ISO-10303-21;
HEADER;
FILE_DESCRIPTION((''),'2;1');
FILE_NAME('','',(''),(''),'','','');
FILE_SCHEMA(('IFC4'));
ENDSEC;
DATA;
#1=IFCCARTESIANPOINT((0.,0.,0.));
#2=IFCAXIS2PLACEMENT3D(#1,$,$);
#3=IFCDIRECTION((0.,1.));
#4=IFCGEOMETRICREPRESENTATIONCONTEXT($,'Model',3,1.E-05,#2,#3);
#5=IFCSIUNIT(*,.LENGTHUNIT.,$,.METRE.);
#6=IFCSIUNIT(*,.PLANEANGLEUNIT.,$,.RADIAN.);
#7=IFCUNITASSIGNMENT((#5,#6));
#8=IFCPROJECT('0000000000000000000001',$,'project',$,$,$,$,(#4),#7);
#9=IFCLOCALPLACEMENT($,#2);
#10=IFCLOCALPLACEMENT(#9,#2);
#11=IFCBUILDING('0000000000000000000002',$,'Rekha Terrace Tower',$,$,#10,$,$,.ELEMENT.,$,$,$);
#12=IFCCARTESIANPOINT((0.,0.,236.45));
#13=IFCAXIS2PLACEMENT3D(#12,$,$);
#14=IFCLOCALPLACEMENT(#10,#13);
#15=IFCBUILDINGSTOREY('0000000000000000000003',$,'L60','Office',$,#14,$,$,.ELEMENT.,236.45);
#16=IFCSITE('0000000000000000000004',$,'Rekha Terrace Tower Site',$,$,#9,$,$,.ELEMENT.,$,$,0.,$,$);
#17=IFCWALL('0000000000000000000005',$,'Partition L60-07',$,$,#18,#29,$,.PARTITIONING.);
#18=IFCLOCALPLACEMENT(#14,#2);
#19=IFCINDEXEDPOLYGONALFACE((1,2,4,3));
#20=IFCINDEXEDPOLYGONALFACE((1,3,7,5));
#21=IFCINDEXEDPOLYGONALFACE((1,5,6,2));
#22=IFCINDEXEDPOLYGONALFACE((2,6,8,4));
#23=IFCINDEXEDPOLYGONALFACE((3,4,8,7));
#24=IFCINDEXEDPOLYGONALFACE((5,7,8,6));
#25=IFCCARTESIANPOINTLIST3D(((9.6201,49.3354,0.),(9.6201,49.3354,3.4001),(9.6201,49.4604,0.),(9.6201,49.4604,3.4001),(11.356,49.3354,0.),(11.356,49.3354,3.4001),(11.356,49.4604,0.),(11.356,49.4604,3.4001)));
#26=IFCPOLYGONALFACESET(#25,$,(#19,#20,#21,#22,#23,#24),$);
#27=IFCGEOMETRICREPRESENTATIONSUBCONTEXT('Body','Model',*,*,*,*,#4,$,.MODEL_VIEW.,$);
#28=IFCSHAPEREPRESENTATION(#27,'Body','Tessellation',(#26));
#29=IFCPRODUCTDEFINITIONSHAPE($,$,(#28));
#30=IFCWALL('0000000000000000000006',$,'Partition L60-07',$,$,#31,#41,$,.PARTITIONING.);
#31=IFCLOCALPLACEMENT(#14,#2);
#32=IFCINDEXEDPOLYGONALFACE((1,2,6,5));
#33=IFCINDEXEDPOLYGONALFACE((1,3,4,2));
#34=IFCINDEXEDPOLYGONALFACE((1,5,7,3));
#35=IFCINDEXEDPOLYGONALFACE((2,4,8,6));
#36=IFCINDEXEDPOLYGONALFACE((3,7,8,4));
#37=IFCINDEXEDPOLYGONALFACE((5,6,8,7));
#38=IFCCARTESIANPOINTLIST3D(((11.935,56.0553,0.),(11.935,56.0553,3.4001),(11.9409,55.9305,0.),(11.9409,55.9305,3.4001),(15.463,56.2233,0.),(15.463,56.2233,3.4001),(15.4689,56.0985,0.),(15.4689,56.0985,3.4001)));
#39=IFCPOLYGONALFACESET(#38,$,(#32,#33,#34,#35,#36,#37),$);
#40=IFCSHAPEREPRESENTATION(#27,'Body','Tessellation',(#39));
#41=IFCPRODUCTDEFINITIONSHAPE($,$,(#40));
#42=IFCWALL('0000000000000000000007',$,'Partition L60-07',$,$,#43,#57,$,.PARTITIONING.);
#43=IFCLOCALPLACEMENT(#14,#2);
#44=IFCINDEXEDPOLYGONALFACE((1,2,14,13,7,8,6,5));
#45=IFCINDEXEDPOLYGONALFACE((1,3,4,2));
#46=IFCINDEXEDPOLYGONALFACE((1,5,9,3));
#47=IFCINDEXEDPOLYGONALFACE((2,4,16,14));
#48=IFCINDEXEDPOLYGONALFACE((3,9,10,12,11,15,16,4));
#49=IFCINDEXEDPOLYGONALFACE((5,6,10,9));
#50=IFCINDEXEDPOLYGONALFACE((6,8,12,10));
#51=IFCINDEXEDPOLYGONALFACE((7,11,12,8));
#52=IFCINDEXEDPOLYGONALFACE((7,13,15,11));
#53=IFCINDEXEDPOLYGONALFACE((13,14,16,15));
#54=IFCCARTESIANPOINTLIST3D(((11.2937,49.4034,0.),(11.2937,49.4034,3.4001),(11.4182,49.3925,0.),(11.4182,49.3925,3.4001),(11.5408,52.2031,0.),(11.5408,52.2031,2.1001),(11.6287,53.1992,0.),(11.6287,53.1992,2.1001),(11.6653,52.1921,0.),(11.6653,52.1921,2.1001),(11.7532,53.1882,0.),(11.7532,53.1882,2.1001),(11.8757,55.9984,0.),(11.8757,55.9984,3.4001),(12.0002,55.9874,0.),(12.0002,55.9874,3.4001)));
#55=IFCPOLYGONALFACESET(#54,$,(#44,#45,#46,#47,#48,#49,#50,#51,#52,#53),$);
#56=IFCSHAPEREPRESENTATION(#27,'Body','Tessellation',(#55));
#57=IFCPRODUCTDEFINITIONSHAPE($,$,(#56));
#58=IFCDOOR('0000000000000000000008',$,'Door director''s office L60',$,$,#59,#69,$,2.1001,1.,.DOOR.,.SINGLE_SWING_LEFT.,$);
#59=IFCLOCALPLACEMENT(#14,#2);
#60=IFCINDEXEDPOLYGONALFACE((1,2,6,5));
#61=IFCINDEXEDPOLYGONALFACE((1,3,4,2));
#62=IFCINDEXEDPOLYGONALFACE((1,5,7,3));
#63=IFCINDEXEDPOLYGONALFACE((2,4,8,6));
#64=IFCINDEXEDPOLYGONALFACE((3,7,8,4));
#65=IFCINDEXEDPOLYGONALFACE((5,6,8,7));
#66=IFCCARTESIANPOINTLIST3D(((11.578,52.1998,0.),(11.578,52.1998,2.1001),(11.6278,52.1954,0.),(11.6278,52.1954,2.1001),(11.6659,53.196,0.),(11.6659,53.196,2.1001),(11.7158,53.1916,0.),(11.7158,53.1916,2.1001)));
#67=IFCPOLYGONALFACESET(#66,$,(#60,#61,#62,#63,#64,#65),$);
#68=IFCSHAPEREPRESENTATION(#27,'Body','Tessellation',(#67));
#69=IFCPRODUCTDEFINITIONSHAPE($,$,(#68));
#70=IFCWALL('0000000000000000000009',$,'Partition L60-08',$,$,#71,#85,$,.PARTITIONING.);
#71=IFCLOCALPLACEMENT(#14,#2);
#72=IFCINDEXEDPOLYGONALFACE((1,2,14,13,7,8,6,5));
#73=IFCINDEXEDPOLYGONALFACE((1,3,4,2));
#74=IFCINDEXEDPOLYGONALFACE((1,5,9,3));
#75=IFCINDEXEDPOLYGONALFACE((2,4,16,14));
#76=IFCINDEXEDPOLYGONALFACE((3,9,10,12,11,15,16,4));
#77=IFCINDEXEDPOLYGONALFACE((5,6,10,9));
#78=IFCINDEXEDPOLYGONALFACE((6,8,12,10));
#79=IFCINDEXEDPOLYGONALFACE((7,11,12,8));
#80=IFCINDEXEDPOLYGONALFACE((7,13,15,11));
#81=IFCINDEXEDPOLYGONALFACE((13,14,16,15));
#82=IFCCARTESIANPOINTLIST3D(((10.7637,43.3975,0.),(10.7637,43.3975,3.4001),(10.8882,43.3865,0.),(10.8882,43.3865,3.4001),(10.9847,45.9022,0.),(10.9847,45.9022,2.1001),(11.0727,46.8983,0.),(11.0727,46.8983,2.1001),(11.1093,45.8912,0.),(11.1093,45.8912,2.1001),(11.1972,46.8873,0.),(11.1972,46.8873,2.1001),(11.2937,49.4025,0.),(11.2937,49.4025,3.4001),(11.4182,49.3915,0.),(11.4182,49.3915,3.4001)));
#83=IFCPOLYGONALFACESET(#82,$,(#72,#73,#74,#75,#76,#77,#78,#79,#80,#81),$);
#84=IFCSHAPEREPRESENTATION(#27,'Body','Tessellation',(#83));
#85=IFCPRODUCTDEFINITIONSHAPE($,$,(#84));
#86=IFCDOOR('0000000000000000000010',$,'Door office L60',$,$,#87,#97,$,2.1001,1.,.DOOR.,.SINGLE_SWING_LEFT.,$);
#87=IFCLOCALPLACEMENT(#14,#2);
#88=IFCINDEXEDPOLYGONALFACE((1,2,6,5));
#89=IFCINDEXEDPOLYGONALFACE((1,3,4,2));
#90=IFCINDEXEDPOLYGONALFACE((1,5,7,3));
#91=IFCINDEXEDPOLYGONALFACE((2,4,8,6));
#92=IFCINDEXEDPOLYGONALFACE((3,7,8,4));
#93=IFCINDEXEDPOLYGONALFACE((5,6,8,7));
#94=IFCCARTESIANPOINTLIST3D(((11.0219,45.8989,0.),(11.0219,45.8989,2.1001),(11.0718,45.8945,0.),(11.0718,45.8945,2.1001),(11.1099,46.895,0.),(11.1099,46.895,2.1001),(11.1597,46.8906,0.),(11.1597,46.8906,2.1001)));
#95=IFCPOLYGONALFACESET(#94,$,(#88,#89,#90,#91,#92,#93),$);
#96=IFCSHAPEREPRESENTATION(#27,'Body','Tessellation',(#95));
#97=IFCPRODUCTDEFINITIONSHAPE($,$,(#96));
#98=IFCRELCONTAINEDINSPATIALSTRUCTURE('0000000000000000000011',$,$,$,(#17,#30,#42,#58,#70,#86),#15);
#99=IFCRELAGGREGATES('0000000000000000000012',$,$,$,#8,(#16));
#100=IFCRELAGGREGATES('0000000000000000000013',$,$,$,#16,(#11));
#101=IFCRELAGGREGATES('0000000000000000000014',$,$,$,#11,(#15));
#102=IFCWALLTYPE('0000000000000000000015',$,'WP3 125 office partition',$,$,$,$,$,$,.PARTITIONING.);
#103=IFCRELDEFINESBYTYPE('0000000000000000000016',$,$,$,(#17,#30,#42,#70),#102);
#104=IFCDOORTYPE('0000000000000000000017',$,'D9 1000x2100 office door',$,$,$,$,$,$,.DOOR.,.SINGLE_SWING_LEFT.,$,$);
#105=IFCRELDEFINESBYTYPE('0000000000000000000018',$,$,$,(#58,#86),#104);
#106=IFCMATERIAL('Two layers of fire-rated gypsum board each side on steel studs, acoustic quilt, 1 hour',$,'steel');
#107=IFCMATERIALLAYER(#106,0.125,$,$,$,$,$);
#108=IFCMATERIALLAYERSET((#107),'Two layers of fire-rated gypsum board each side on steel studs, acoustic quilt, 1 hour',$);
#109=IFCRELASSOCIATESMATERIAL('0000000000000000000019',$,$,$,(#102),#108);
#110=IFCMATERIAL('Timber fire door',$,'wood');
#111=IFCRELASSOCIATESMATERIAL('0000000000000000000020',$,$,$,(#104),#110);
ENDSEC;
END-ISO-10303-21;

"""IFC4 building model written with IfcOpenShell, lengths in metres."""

from ifc_helpers import new_model, si_unit, direction, frame, frame_2d, origin, place, context, subcontext, project, spatial, rectangle, extrude, material, layer, layer_set, type_object, element, fill, save


model = new_model("IFC4")

# Units and contexts
model_context = context("Model", 3, precision=1e-05, world=origin(), true_north=direction((0.0, 1.0)))
body_context = subcontext(model_context, "Body", "Model", "MODEL_VIEW")
ifc_project = project(units=[si_unit("LENGTHUNIT", "METRE"), si_unit("PLANEANGLEUNIT", "RADIAN")], contexts=[model_context])

# Site, building, storey
site_placement = place(None, origin())
site = spatial("IfcSite", under=ifc_project, at=site_placement, Name="Rekha Terrace Tower Site", CompositionType="ELEMENT", RefElevation=0.0)
building_placement = place(site_placement, origin())
building = spatial("IfcBuilding", under=site, at=building_placement, Name="Rekha Terrace Tower", CompositionType="ELEMENT")
storey_placement = place(building_placement, frame((0.0, 0.0, 236.45)))
storey = spatial("IfcBuildingStorey", under=building, at=storey_placement, Name="L60", Description="Office", CompositionType="ELEMENT", Elevation=236.45)

# Walls
ifc_material_1 = material(Name="Two layers of fire-rated gypsum board each side on steel studs, acoustic quilt, 1 hour", Category="steel")
ifc_layer_1 = layer(ifc_material_1, 0.125)
ifc_layer_set_1 = layer_set([ifc_layer_1], Name="Two layers of fire-rated gypsum board each side on steel studs, acoustic quilt, 1 hour")
wall_type = type_object("IfcWallType", Name="WP3 125 office partition", PredefinedType="PARTITIONING", material=ifc_layer_set_1)
wall_1_placement = place(storey_placement, frame((11.356, 49.3979, 0.0), z_axis=(0.0, 0.0, 1.0), x_axis=(-1.0, 0.0, 0.0)))
element("IfcWall", 1, at=wall_1_placement, inside=storey, type_object=wall_type, Name="Partition L60-07", PredefinedType="PARTITIONING", context=body_context, shape_type="SweptSolid", body=[
    extrude(rectangle(XDim=1.7358, YDim=0.125, at=frame_2d((0.8679, 0.0))), origin(), (0.0, 0.0, 1.0), 3.4001),
])
wall_2_placement = place(storey_placement, frame((15.4661, 56.1609, 0.0), z_axis=(0.0, 0.0, 1.0), x_axis=(-0.998869, -0.047555, 0.0)))
element("IfcWall", 2, at=wall_2_placement, inside=storey, type_object=wall_type, Name="Partition L60-07", PredefinedType="PARTITIONING", context=body_context, shape_type="SweptSolid", body=[
    extrude(rectangle(XDim=3.532, YDim=0.125, at=frame_2d((1.7661, 0.0))), origin(), (0.0, 0.0, 1.0), 3.4001),
])

# Walls, openings, doors
wall_3_placement = place(storey_placement, frame((11.938, 55.9929, 0.0), z_axis=(0.0, 0.0, 1.0), x_axis=(-0.087912, -0.996128, 0.0)))
wall_3 = element("IfcWall", 3, at=wall_3_placement, inside=storey, type_object=wall_type, Name="Partition L60-07", PredefinedType="PARTITIONING", context=body_context, shape_type="SweptSolid", body=[
    extrude(rectangle(XDim=6.6206, YDim=0.125, at=frame_2d((3.3103, 0.0))), origin(), (0.0, 0.0, 1.0), 3.4001),
])
opening_1_placement = place(wall_3_placement, frame((2.8101, 0.0, 0.0)))
opening_1 = element("IfcOpeningElement", 4, at=opening_1_placement, cuts=wall_3, PredefinedType="OPENING", context=body_context, shape_type="SweptSolid", body=[
    extrude(rectangle(XDim=1.0, YDim=2.1001, at=frame_2d((0.5, 1.05))), frame((0.0, 0.0725, 0.0), z_axis=(0.0, -1.0, 0.0), x_axis=(1.0, 0.0, 0.0)), (0.0, 0.0, 1.0), 0.145),
])
ifc_material_2 = material(Name="Timber fire door", Category="wood")
door_type = type_object("IfcDoorType", Name="D9 1000x2100 office door", OperationType="SINGLE_SWING_LEFT", PredefinedType="DOOR", material=ifc_material_2)
door_1_placement = place(opening_1_placement, origin())
door_1 = element("IfcDoor", 5, at=door_1_placement, inside=storey, type_object=door_type, Name="Door director's office L60", OperationType="SINGLE_SWING_LEFT", OverallHeight=2.1001, OverallWidth=1.0, PredefinedType="DOOR", context=body_context, shape_type="SweptSolid", body=[
    extrude(rectangle(XDim=1.0, YDim=2.1001, at=frame_2d((0.5, 1.05))), frame((0.0, 0.0249, 0.0), z_axis=(0.0, -1.0, 0.0), x_axis=(1.0, 0.0, 0.0)), (0.0, 0.0, 1.0), 0.05),
])
fill(opening_1, door_1)
wall_4_placement = place(storey_placement, frame((11.356, 49.397, 0.0), z_axis=(0.0, 0.0, 1.0), x_axis=(-0.087925, -0.996127, 0.0)))
wall_4 = element("IfcWall", 6, at=wall_4_placement, inside=storey, type_object=wall_type, Name="Partition L60-08", PredefinedType="PARTITIONING", context=body_context, shape_type="SweptSolid", body=[
    extrude(rectangle(XDim=6.0283, YDim=0.125, at=frame_2d((3.0142, 0.0))), origin(), (0.0, 0.0, 1.0), 3.4001),
])
opening_2_placement = place(wall_4_placement, frame((2.5139, 0.0, 0.0)))
opening_2 = element("IfcOpeningElement", 7, at=opening_2_placement, cuts=wall_4, PredefinedType="OPENING", context=body_context, shape_type="SweptSolid", body=[
    extrude(rectangle(XDim=1.0, YDim=2.1001, at=frame_2d((0.5, 1.05))), frame((0.0, 0.0725, 0.0), z_axis=(0.0, -1.0, 0.0), x_axis=(1.0, 0.0, 0.0)), (0.0, 0.0, 1.0), 0.145),
])
door_2_placement = place(opening_2_placement, origin())
door_2 = element("IfcDoor", 8, at=door_2_placement, inside=storey, type_object=door_type, Name="Door office L60", OperationType="SINGLE_SWING_LEFT", OverallHeight=2.1001, OverallWidth=1.0, PredefinedType="DOOR", context=body_context, shape_type="SweptSolid", body=[
    extrude(rectangle(XDim=1.0, YDim=2.1001, at=frame_2d((0.5, 1.05))), frame((0.0, 0.0249, 0.0), z_axis=(0.0, -1.0, 0.0), x_axis=(1.0, 0.0, 0.0)), (0.0, 0.0, 1.0), 0.05),
])
fill(opening_2, door_2)

save(model, "model.ifc")
